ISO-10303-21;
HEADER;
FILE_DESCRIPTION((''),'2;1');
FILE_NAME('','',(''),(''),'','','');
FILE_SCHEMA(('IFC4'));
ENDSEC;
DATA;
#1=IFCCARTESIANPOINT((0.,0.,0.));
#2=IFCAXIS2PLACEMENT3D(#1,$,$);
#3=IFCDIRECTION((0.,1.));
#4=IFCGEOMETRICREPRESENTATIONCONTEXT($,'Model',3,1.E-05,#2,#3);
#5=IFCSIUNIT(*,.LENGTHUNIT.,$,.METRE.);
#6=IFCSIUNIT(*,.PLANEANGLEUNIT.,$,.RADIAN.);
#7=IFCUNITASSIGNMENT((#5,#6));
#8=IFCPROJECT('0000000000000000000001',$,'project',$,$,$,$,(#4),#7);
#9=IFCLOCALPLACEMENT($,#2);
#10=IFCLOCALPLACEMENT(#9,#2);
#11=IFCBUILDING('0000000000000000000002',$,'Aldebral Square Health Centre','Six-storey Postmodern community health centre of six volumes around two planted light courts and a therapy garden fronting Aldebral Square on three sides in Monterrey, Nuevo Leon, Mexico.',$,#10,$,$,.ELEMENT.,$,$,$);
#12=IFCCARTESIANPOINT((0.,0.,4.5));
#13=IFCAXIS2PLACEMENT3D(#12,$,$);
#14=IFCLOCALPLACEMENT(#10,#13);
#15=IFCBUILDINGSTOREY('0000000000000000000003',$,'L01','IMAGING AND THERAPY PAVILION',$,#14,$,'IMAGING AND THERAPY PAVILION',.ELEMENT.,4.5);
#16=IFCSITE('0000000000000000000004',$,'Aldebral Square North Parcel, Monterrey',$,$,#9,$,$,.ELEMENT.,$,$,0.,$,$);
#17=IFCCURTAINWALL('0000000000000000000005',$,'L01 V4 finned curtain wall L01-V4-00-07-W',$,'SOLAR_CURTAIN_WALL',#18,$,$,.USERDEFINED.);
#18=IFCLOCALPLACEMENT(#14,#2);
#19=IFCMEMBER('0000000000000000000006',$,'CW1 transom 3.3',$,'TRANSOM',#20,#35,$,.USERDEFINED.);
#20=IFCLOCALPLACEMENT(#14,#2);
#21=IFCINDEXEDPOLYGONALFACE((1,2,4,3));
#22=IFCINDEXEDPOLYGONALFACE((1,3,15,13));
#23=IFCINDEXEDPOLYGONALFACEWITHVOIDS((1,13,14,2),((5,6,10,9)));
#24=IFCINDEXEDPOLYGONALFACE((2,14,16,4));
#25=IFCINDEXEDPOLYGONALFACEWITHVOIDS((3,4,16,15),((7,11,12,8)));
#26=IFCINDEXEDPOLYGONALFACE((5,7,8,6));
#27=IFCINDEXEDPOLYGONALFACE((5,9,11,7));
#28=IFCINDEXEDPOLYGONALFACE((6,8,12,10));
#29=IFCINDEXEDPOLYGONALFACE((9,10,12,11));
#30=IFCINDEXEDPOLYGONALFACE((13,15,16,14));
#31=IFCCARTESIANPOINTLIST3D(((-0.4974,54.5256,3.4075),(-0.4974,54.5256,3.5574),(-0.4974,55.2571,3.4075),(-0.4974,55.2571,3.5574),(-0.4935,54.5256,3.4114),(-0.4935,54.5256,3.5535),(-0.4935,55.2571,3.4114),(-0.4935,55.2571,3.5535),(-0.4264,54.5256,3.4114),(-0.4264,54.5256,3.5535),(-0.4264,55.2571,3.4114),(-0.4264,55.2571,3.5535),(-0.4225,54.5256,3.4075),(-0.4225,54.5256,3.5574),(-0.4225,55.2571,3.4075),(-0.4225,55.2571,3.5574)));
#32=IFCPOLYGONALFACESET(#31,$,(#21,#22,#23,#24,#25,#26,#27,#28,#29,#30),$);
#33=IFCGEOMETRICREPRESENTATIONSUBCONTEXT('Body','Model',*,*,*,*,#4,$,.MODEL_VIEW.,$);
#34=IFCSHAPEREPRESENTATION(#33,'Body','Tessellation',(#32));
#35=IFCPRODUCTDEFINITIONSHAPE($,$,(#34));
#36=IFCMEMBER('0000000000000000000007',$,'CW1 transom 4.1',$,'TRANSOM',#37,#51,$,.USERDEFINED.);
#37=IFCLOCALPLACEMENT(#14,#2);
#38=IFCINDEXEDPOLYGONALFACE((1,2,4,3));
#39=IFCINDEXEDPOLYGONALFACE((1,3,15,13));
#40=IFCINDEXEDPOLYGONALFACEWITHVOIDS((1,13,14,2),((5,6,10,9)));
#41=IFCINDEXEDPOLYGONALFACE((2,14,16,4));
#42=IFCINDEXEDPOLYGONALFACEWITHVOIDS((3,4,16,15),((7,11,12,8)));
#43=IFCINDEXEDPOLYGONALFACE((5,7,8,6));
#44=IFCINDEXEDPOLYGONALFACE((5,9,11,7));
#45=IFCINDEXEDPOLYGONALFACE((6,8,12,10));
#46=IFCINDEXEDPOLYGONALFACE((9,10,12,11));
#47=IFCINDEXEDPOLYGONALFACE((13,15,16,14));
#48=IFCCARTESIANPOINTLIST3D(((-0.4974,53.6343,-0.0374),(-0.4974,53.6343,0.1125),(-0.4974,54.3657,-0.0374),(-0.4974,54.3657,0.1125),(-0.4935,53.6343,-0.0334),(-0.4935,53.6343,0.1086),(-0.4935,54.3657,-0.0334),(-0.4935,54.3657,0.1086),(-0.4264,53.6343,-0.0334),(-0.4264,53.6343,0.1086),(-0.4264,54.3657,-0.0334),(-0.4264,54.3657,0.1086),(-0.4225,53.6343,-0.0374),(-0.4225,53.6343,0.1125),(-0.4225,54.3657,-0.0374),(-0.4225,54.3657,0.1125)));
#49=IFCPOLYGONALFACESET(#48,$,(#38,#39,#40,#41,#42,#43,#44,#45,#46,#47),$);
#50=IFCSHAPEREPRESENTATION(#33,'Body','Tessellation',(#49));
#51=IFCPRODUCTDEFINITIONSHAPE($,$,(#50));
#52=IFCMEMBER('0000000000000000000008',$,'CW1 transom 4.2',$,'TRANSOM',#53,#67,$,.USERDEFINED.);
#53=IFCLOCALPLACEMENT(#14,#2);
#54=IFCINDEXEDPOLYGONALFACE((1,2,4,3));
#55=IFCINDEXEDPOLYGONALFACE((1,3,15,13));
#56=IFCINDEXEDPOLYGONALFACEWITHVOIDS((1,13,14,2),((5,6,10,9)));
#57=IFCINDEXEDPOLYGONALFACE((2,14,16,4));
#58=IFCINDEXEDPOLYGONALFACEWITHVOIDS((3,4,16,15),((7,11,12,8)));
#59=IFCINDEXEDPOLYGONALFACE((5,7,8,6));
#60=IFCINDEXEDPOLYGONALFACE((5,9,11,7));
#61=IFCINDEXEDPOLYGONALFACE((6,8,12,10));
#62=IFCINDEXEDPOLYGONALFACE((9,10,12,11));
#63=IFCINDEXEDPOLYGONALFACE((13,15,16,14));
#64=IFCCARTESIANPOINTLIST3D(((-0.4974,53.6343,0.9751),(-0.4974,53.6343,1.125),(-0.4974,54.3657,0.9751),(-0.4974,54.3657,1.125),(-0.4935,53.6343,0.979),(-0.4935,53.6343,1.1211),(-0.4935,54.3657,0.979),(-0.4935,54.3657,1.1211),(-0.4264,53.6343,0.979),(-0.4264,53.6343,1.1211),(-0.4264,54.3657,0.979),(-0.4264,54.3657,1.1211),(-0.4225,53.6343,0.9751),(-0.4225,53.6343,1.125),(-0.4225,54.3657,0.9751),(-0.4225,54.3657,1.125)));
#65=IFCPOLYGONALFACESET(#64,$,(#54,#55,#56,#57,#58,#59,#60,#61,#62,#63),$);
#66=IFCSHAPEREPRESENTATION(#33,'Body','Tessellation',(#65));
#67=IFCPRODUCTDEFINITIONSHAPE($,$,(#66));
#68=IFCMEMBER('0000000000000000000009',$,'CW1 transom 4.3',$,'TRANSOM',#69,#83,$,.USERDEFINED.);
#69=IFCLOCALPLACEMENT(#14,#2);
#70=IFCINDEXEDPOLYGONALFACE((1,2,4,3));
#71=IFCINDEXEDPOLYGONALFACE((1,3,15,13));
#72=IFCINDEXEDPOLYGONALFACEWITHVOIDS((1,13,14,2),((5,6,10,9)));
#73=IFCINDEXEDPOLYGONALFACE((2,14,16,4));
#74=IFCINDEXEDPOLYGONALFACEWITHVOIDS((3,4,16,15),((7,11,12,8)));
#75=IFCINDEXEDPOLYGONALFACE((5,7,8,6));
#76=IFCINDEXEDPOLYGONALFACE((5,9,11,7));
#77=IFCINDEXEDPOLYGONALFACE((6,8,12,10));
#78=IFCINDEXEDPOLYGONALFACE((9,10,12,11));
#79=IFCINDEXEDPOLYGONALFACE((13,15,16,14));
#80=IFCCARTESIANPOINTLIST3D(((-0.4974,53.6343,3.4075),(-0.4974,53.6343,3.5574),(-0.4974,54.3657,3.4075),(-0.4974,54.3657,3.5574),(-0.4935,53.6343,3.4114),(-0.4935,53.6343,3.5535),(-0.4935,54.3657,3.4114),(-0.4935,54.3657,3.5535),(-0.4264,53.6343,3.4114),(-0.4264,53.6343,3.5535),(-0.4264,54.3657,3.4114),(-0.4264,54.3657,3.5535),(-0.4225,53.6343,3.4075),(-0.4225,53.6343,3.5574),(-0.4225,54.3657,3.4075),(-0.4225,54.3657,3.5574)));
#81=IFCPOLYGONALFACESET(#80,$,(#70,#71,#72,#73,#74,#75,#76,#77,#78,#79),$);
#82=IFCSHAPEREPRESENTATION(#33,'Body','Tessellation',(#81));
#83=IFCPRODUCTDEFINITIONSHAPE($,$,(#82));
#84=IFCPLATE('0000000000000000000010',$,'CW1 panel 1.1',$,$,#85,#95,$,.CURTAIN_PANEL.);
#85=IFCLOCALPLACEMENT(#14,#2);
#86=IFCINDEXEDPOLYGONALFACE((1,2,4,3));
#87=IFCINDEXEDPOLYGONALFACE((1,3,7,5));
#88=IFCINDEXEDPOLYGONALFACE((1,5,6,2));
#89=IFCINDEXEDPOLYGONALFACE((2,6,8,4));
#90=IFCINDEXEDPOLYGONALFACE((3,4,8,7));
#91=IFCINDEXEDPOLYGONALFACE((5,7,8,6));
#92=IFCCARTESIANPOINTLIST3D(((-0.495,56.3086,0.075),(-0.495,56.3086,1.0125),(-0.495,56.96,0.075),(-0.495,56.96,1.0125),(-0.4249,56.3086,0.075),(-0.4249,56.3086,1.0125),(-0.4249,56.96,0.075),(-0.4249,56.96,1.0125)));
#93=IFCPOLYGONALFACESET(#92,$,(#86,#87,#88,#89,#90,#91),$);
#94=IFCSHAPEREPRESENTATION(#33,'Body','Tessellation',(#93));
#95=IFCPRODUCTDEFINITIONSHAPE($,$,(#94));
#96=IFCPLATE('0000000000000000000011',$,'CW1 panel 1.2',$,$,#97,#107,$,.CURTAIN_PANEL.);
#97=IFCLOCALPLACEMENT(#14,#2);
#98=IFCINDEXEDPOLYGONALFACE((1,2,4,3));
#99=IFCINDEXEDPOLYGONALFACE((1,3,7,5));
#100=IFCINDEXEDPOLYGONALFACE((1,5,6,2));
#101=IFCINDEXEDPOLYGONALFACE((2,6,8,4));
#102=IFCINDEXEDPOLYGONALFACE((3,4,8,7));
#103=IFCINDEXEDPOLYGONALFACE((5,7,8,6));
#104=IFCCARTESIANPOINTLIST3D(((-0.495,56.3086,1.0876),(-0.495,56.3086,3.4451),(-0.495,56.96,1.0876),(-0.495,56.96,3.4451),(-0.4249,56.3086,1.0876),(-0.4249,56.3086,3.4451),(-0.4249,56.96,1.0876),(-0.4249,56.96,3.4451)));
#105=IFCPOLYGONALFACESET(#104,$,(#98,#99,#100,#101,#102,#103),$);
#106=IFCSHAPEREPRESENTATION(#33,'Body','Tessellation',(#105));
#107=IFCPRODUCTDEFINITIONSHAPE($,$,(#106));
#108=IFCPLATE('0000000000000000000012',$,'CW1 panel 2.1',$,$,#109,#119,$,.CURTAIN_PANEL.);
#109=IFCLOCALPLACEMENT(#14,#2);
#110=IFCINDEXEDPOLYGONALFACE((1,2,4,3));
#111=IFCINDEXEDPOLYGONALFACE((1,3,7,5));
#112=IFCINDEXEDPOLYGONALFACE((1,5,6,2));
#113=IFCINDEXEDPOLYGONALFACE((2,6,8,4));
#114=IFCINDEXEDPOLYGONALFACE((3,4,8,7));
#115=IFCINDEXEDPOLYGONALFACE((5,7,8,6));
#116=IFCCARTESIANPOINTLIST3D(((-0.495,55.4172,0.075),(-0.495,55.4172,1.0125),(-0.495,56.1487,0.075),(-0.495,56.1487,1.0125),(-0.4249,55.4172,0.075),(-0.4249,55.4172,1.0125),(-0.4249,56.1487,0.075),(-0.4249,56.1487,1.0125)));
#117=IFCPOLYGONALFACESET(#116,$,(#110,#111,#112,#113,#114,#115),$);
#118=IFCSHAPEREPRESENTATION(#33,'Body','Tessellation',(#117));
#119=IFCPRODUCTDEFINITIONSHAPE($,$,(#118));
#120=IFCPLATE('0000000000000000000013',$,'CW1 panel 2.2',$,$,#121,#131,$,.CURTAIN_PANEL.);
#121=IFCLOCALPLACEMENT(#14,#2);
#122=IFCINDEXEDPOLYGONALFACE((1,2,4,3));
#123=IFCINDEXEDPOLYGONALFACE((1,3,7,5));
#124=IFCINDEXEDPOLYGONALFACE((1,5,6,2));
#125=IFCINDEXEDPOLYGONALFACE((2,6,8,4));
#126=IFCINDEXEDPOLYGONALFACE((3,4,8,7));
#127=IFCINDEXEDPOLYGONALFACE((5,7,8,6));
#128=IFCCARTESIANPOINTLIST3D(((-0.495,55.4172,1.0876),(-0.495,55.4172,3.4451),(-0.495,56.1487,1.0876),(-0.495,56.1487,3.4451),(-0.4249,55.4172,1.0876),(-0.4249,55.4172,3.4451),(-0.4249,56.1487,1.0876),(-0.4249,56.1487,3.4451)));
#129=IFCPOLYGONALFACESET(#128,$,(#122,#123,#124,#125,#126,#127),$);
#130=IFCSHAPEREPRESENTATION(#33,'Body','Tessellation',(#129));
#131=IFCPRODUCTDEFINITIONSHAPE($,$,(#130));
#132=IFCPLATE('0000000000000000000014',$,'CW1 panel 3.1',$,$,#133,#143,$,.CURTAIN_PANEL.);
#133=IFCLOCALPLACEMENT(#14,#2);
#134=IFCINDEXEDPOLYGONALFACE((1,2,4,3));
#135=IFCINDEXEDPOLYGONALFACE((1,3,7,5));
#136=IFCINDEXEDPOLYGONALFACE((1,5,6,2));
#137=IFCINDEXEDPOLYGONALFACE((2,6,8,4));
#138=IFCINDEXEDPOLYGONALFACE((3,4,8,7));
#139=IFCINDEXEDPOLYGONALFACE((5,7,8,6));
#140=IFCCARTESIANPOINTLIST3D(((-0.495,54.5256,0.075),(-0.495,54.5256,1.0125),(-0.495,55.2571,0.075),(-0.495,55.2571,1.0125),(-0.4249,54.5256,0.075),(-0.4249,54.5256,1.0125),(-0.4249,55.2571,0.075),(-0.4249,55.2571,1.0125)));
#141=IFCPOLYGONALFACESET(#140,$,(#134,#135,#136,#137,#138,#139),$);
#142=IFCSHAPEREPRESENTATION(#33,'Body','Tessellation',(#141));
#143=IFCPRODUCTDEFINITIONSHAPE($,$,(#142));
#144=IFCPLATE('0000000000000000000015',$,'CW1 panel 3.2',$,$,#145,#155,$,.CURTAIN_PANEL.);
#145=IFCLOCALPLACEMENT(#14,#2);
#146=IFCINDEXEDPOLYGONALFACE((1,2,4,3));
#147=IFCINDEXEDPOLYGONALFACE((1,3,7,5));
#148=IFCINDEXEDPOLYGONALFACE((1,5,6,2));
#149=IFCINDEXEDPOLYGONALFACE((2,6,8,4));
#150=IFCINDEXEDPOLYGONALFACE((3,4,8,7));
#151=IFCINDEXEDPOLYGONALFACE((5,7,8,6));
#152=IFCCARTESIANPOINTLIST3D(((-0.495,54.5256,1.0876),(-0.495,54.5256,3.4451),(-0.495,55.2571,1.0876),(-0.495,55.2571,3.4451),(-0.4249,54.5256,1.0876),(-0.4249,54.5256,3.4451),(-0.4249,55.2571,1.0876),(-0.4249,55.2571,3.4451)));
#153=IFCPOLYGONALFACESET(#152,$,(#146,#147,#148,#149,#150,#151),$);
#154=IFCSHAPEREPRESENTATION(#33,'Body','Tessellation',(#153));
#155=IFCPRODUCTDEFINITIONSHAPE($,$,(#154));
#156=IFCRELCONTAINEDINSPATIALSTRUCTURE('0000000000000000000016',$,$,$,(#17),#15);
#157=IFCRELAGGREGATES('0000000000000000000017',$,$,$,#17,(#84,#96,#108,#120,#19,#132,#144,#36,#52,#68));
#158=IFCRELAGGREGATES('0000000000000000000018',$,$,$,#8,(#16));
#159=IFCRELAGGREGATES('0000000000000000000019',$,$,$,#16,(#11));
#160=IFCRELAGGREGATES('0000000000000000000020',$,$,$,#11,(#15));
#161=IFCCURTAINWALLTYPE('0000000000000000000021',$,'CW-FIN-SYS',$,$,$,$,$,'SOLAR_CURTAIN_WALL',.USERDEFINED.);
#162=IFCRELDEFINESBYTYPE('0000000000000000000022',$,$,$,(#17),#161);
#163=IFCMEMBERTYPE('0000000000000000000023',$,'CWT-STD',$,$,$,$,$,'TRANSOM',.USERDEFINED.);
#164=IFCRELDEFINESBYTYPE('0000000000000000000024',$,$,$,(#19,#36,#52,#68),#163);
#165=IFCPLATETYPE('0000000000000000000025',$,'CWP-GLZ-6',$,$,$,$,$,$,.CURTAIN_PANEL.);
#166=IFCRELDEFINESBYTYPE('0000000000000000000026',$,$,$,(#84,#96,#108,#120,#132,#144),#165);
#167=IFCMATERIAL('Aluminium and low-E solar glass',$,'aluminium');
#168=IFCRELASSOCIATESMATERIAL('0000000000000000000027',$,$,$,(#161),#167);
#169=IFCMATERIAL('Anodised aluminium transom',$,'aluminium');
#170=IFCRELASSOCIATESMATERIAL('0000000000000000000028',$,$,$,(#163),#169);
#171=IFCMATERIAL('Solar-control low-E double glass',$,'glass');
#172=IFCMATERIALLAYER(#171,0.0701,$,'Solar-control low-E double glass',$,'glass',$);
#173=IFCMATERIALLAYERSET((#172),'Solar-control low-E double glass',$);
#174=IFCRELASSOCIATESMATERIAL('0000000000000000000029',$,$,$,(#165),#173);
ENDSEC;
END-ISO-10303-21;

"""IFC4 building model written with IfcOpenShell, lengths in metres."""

from ifc_helpers import new_model, si_unit, direction, frame, origin, origin_2d, place, context, subcontext, project, spatial, rectangle, hollow_rectangle, extrude, material, layer, layer_set, material_profile, profile_set, type_object, element, aggregate, save


model = new_model("IFC4")

# Units and contexts
model_context = context("Model", 3, precision=1e-05, world=origin(), true_north=direction((0.0, 1.0)))
body_context = subcontext(model_context, "Body", "Model", "MODEL_VIEW")
ifc_project = project(units=[si_unit("LENGTHUNIT", "METRE"), si_unit("PLANEANGLEUNIT", "RADIAN")], contexts=[model_context])

# Site, building, storey
site_placement = place(None, origin())
site = spatial("IfcSite", under=ifc_project, at=site_placement, Name="Aldebral Square North Parcel, Monterrey", CompositionType="ELEMENT", RefElevation=0.0)
building_placement = place(site_placement, origin())
building = spatial("IfcBuilding", under=site, at=building_placement, Name="Aldebral Square Health Centre", Description="Six-storey Postmodern community health centre of six volumes around two planted light courts and a therapy garden fronting Aldebral Square on three sides in Monterrey, Nuevo Leon, Mexico.", CompositionType="ELEMENT")
storey_placement = place(building_placement, frame((0.0, 0.0, 4.5)))
storey = spatial("IfcBuildingStorey", under=building, at=storey_placement, Name="L01", Description="IMAGING AND THERAPY PAVILION", LongName="IMAGING AND THERAPY PAVILION", CompositionType="ELEMENT", Elevation=4.5)

# Curtain wall, members, plates
ifc_material_1 = material(Name="Aluminium and low-E solar glass", Category="aluminium")
curtain_wall_type = type_object("IfcCurtainWallType", Name="CW-FIN-SYS", ElementType="SOLAR_CURTAIN_WALL", PredefinedType="USERDEFINED", material=ifc_material_1)
curtain_wall_placement = place(storey_placement, origin())
curtain_wall = element("IfcCurtainWall", 1, at=curtain_wall_placement, inside=storey, type_object=curtain_wall_type, Name="L01 V4 finned curtain wall L01-V4-00-07-W", ObjectType="SOLAR_CURTAIN_WALL", PredefinedType="USERDEFINED")
ifc_material_2 = material(Name="Anodised aluminium transom", Category="aluminium")
ifc_material_profile_1 = material_profile(ifc_material_2, hollow_rectangle(XDim=0.075, YDim=0.1499, WallThickness=0.0039, at=origin_2d()), Name="CWT 75x150x4")
ifc_profile_set_1 = profile_set([ifc_material_profile_1], Name="Anodised aluminium transom")
member_type_1 = type_object("IfcMemberType", Name="CWT-STD", ElementType="TRANSOM", PredefinedType="USERDEFINED", material=ifc_profile_set_1)
member_1_placement = place(storey_placement, frame((-0.46, 55.2571, 3.4824), z_axis=(0.0, -1.0, 0.0), x_axis=(1.0, 0.0, 0.0)))
member_1 = element("IfcMember", 2, at=member_1_placement, type_object=member_type_1, Name="CW1 transom 3.3", ObjectType="TRANSOM", PredefinedType="USERDEFINED", context=body_context, shape_type="SweptSolid", body=[
    extrude(hollow_rectangle(XDim=0.075, YDim=0.1499, WallThickness=0.0039, at=origin_2d()), origin(), (0.0, 0.0, 1.0), 0.7314),
])
member_2_placement = place(storey_placement, frame((-0.46, 54.3657, 0.0376), z_axis=(0.0, -1.0, 0.0), x_axis=(1.0, 0.0, 0.0)))
member_2 = element("IfcMember", 3, at=member_2_placement, type_object=member_type_1, Name="CW1 transom 4.1", ObjectType="TRANSOM", PredefinedType="USERDEFINED", context=body_context, shape_type="SweptSolid", body=[
    extrude(hollow_rectangle(XDim=0.075, YDim=0.1499, WallThickness=0.0039, at=origin_2d()), origin(), (0.0, 0.0, 1.0), 0.7314),
])
member_3_placement = place(storey_placement, frame((-0.46, 54.3657, 1.05), z_axis=(0.0, -1.0, 0.0), x_axis=(1.0, 0.0, 0.0)))
member_3 = element("IfcMember", 4, at=member_3_placement, type_object=member_type_1, Name="CW1 transom 4.2", ObjectType="TRANSOM", PredefinedType="USERDEFINED", context=body_context, shape_type="SweptSolid", body=[
    extrude(hollow_rectangle(XDim=0.075, YDim=0.1499, WallThickness=0.0039, at=origin_2d()), origin(), (0.0, 0.0, 1.0), 0.7314),
])
member_4_placement = place(storey_placement, frame((-0.46, 54.3657, 3.4824), z_axis=(0.0, -1.0, 0.0), x_axis=(1.0, 0.0, 0.0)))
member_4 = element("IfcMember", 5, at=member_4_placement, type_object=member_type_1, Name="CW1 transom 4.3", ObjectType="TRANSOM", PredefinedType="USERDEFINED", context=body_context, shape_type="SweptSolid", body=[
    extrude(hollow_rectangle(XDim=0.075, YDim=0.1499, WallThickness=0.0039, at=origin_2d()), origin(), (0.0, 0.0, 1.0), 0.7314),
])
ifc_material_3 = material(Name="Solar-control low-E double glass", Category="glass")
ifc_layer = layer(ifc_material_3, 0.0701, Name="Solar-control low-E double glass", Category="glass")
ifc_layer_set = layer_set([ifc_layer], Name="Solar-control low-E double glass")
plate_type = type_object("IfcPlateType", Name="CWP-GLZ-6", PredefinedType="CURTAIN_PANEL", material=ifc_layer_set)
plate_1_placement = place(storey_placement, frame((-0.46, 56.6343, 0.075), z_axis=(0.0, 0.0, 1.0), x_axis=(0.0, -1.0, 0.0)))
plate_1 = element("IfcPlate", 6, at=plate_1_placement, type_object=plate_type, Name="CW1 panel 1.1", PredefinedType="CURTAIN_PANEL", context=body_context, shape_type="SweptSolid", body=[
    extrude(rectangle(XDim=0.6514, YDim=0.0701, at=origin_2d()), origin(), (0.0, 0.0, 1.0), 0.9375),
])
plate_2_placement = place(storey_placement, frame((-0.46, 56.6343, 1.0876), z_axis=(0.0, 0.0, 1.0), x_axis=(0.0, -1.0, 0.0)))
plate_2 = element("IfcPlate", 7, at=plate_2_placement, type_object=plate_type, Name="CW1 panel 1.2", PredefinedType="CURTAIN_PANEL", context=body_context, shape_type="SweptSolid", body=[
    extrude(rectangle(XDim=0.6514, YDim=0.0701, at=origin_2d()), origin(), (0.0, 0.0, 1.0), 2.3574),
])
plate_3_placement = place(storey_placement, frame((-0.46, 55.783, 0.075), z_axis=(0.0, 0.0, 1.0), x_axis=(0.0, -1.0, 0.0)))
plate_3 = element("IfcPlate", 8, at=plate_3_placement, type_object=plate_type, Name="CW1 panel 2.1", PredefinedType="CURTAIN_PANEL", context=body_context, shape_type="SweptSolid", body=[
    extrude(rectangle(XDim=0.7314, YDim=0.0701, at=origin_2d()), origin(), (0.0, 0.0, 1.0), 0.9375),
])
plate_4_placement = place(storey_placement, frame((-0.46, 55.783, 1.0876), z_axis=(0.0, 0.0, 1.0), x_axis=(0.0, -1.0, 0.0)))
plate_4 = element("IfcPlate", 9, at=plate_4_placement, type_object=plate_type, Name="CW1 panel 2.2", PredefinedType="CURTAIN_PANEL", context=body_context, shape_type="SweptSolid", body=[
    extrude(rectangle(XDim=0.7314, YDim=0.0701, at=origin_2d()), origin(), (0.0, 0.0, 1.0), 2.3574),
])
plate_5_placement = place(storey_placement, frame((-0.46, 54.8914, 0.075), z_axis=(0.0, 0.0, 1.0), x_axis=(0.0, -1.0, 0.0)))
plate_5 = element("IfcPlate", 10, at=plate_5_placement, type_object=plate_type, Name="CW1 panel 3.1", PredefinedType="CURTAIN_PANEL", context=body_context, shape_type="SweptSolid", body=[
    extrude(rectangle(XDim=0.7314, YDim=0.0701, at=origin_2d()), origin(), (0.0, 0.0, 1.0), 0.9375),
])
plate_6_placement = place(storey_placement, frame((-0.46, 54.8914, 1.0876), z_axis=(0.0, 0.0, 1.0), x_axis=(0.0, -1.0, 0.0)))
plate_6 = element("IfcPlate", 11, at=plate_6_placement, type_object=plate_type, Name="CW1 panel 3.2", PredefinedType="CURTAIN_PANEL", context=body_context, shape_type="SweptSolid", body=[
    extrude(rectangle(XDim=0.7314, YDim=0.0701, at=origin_2d()), origin(), (0.0, 0.0, 1.0), 2.3574),
])
aggregate(curtain_wall, [plate_1, plate_2, plate_3, plate_4, member_1, plate_5, plate_6, member_2, member_3, member_4])

save(model, "model.ifc")
